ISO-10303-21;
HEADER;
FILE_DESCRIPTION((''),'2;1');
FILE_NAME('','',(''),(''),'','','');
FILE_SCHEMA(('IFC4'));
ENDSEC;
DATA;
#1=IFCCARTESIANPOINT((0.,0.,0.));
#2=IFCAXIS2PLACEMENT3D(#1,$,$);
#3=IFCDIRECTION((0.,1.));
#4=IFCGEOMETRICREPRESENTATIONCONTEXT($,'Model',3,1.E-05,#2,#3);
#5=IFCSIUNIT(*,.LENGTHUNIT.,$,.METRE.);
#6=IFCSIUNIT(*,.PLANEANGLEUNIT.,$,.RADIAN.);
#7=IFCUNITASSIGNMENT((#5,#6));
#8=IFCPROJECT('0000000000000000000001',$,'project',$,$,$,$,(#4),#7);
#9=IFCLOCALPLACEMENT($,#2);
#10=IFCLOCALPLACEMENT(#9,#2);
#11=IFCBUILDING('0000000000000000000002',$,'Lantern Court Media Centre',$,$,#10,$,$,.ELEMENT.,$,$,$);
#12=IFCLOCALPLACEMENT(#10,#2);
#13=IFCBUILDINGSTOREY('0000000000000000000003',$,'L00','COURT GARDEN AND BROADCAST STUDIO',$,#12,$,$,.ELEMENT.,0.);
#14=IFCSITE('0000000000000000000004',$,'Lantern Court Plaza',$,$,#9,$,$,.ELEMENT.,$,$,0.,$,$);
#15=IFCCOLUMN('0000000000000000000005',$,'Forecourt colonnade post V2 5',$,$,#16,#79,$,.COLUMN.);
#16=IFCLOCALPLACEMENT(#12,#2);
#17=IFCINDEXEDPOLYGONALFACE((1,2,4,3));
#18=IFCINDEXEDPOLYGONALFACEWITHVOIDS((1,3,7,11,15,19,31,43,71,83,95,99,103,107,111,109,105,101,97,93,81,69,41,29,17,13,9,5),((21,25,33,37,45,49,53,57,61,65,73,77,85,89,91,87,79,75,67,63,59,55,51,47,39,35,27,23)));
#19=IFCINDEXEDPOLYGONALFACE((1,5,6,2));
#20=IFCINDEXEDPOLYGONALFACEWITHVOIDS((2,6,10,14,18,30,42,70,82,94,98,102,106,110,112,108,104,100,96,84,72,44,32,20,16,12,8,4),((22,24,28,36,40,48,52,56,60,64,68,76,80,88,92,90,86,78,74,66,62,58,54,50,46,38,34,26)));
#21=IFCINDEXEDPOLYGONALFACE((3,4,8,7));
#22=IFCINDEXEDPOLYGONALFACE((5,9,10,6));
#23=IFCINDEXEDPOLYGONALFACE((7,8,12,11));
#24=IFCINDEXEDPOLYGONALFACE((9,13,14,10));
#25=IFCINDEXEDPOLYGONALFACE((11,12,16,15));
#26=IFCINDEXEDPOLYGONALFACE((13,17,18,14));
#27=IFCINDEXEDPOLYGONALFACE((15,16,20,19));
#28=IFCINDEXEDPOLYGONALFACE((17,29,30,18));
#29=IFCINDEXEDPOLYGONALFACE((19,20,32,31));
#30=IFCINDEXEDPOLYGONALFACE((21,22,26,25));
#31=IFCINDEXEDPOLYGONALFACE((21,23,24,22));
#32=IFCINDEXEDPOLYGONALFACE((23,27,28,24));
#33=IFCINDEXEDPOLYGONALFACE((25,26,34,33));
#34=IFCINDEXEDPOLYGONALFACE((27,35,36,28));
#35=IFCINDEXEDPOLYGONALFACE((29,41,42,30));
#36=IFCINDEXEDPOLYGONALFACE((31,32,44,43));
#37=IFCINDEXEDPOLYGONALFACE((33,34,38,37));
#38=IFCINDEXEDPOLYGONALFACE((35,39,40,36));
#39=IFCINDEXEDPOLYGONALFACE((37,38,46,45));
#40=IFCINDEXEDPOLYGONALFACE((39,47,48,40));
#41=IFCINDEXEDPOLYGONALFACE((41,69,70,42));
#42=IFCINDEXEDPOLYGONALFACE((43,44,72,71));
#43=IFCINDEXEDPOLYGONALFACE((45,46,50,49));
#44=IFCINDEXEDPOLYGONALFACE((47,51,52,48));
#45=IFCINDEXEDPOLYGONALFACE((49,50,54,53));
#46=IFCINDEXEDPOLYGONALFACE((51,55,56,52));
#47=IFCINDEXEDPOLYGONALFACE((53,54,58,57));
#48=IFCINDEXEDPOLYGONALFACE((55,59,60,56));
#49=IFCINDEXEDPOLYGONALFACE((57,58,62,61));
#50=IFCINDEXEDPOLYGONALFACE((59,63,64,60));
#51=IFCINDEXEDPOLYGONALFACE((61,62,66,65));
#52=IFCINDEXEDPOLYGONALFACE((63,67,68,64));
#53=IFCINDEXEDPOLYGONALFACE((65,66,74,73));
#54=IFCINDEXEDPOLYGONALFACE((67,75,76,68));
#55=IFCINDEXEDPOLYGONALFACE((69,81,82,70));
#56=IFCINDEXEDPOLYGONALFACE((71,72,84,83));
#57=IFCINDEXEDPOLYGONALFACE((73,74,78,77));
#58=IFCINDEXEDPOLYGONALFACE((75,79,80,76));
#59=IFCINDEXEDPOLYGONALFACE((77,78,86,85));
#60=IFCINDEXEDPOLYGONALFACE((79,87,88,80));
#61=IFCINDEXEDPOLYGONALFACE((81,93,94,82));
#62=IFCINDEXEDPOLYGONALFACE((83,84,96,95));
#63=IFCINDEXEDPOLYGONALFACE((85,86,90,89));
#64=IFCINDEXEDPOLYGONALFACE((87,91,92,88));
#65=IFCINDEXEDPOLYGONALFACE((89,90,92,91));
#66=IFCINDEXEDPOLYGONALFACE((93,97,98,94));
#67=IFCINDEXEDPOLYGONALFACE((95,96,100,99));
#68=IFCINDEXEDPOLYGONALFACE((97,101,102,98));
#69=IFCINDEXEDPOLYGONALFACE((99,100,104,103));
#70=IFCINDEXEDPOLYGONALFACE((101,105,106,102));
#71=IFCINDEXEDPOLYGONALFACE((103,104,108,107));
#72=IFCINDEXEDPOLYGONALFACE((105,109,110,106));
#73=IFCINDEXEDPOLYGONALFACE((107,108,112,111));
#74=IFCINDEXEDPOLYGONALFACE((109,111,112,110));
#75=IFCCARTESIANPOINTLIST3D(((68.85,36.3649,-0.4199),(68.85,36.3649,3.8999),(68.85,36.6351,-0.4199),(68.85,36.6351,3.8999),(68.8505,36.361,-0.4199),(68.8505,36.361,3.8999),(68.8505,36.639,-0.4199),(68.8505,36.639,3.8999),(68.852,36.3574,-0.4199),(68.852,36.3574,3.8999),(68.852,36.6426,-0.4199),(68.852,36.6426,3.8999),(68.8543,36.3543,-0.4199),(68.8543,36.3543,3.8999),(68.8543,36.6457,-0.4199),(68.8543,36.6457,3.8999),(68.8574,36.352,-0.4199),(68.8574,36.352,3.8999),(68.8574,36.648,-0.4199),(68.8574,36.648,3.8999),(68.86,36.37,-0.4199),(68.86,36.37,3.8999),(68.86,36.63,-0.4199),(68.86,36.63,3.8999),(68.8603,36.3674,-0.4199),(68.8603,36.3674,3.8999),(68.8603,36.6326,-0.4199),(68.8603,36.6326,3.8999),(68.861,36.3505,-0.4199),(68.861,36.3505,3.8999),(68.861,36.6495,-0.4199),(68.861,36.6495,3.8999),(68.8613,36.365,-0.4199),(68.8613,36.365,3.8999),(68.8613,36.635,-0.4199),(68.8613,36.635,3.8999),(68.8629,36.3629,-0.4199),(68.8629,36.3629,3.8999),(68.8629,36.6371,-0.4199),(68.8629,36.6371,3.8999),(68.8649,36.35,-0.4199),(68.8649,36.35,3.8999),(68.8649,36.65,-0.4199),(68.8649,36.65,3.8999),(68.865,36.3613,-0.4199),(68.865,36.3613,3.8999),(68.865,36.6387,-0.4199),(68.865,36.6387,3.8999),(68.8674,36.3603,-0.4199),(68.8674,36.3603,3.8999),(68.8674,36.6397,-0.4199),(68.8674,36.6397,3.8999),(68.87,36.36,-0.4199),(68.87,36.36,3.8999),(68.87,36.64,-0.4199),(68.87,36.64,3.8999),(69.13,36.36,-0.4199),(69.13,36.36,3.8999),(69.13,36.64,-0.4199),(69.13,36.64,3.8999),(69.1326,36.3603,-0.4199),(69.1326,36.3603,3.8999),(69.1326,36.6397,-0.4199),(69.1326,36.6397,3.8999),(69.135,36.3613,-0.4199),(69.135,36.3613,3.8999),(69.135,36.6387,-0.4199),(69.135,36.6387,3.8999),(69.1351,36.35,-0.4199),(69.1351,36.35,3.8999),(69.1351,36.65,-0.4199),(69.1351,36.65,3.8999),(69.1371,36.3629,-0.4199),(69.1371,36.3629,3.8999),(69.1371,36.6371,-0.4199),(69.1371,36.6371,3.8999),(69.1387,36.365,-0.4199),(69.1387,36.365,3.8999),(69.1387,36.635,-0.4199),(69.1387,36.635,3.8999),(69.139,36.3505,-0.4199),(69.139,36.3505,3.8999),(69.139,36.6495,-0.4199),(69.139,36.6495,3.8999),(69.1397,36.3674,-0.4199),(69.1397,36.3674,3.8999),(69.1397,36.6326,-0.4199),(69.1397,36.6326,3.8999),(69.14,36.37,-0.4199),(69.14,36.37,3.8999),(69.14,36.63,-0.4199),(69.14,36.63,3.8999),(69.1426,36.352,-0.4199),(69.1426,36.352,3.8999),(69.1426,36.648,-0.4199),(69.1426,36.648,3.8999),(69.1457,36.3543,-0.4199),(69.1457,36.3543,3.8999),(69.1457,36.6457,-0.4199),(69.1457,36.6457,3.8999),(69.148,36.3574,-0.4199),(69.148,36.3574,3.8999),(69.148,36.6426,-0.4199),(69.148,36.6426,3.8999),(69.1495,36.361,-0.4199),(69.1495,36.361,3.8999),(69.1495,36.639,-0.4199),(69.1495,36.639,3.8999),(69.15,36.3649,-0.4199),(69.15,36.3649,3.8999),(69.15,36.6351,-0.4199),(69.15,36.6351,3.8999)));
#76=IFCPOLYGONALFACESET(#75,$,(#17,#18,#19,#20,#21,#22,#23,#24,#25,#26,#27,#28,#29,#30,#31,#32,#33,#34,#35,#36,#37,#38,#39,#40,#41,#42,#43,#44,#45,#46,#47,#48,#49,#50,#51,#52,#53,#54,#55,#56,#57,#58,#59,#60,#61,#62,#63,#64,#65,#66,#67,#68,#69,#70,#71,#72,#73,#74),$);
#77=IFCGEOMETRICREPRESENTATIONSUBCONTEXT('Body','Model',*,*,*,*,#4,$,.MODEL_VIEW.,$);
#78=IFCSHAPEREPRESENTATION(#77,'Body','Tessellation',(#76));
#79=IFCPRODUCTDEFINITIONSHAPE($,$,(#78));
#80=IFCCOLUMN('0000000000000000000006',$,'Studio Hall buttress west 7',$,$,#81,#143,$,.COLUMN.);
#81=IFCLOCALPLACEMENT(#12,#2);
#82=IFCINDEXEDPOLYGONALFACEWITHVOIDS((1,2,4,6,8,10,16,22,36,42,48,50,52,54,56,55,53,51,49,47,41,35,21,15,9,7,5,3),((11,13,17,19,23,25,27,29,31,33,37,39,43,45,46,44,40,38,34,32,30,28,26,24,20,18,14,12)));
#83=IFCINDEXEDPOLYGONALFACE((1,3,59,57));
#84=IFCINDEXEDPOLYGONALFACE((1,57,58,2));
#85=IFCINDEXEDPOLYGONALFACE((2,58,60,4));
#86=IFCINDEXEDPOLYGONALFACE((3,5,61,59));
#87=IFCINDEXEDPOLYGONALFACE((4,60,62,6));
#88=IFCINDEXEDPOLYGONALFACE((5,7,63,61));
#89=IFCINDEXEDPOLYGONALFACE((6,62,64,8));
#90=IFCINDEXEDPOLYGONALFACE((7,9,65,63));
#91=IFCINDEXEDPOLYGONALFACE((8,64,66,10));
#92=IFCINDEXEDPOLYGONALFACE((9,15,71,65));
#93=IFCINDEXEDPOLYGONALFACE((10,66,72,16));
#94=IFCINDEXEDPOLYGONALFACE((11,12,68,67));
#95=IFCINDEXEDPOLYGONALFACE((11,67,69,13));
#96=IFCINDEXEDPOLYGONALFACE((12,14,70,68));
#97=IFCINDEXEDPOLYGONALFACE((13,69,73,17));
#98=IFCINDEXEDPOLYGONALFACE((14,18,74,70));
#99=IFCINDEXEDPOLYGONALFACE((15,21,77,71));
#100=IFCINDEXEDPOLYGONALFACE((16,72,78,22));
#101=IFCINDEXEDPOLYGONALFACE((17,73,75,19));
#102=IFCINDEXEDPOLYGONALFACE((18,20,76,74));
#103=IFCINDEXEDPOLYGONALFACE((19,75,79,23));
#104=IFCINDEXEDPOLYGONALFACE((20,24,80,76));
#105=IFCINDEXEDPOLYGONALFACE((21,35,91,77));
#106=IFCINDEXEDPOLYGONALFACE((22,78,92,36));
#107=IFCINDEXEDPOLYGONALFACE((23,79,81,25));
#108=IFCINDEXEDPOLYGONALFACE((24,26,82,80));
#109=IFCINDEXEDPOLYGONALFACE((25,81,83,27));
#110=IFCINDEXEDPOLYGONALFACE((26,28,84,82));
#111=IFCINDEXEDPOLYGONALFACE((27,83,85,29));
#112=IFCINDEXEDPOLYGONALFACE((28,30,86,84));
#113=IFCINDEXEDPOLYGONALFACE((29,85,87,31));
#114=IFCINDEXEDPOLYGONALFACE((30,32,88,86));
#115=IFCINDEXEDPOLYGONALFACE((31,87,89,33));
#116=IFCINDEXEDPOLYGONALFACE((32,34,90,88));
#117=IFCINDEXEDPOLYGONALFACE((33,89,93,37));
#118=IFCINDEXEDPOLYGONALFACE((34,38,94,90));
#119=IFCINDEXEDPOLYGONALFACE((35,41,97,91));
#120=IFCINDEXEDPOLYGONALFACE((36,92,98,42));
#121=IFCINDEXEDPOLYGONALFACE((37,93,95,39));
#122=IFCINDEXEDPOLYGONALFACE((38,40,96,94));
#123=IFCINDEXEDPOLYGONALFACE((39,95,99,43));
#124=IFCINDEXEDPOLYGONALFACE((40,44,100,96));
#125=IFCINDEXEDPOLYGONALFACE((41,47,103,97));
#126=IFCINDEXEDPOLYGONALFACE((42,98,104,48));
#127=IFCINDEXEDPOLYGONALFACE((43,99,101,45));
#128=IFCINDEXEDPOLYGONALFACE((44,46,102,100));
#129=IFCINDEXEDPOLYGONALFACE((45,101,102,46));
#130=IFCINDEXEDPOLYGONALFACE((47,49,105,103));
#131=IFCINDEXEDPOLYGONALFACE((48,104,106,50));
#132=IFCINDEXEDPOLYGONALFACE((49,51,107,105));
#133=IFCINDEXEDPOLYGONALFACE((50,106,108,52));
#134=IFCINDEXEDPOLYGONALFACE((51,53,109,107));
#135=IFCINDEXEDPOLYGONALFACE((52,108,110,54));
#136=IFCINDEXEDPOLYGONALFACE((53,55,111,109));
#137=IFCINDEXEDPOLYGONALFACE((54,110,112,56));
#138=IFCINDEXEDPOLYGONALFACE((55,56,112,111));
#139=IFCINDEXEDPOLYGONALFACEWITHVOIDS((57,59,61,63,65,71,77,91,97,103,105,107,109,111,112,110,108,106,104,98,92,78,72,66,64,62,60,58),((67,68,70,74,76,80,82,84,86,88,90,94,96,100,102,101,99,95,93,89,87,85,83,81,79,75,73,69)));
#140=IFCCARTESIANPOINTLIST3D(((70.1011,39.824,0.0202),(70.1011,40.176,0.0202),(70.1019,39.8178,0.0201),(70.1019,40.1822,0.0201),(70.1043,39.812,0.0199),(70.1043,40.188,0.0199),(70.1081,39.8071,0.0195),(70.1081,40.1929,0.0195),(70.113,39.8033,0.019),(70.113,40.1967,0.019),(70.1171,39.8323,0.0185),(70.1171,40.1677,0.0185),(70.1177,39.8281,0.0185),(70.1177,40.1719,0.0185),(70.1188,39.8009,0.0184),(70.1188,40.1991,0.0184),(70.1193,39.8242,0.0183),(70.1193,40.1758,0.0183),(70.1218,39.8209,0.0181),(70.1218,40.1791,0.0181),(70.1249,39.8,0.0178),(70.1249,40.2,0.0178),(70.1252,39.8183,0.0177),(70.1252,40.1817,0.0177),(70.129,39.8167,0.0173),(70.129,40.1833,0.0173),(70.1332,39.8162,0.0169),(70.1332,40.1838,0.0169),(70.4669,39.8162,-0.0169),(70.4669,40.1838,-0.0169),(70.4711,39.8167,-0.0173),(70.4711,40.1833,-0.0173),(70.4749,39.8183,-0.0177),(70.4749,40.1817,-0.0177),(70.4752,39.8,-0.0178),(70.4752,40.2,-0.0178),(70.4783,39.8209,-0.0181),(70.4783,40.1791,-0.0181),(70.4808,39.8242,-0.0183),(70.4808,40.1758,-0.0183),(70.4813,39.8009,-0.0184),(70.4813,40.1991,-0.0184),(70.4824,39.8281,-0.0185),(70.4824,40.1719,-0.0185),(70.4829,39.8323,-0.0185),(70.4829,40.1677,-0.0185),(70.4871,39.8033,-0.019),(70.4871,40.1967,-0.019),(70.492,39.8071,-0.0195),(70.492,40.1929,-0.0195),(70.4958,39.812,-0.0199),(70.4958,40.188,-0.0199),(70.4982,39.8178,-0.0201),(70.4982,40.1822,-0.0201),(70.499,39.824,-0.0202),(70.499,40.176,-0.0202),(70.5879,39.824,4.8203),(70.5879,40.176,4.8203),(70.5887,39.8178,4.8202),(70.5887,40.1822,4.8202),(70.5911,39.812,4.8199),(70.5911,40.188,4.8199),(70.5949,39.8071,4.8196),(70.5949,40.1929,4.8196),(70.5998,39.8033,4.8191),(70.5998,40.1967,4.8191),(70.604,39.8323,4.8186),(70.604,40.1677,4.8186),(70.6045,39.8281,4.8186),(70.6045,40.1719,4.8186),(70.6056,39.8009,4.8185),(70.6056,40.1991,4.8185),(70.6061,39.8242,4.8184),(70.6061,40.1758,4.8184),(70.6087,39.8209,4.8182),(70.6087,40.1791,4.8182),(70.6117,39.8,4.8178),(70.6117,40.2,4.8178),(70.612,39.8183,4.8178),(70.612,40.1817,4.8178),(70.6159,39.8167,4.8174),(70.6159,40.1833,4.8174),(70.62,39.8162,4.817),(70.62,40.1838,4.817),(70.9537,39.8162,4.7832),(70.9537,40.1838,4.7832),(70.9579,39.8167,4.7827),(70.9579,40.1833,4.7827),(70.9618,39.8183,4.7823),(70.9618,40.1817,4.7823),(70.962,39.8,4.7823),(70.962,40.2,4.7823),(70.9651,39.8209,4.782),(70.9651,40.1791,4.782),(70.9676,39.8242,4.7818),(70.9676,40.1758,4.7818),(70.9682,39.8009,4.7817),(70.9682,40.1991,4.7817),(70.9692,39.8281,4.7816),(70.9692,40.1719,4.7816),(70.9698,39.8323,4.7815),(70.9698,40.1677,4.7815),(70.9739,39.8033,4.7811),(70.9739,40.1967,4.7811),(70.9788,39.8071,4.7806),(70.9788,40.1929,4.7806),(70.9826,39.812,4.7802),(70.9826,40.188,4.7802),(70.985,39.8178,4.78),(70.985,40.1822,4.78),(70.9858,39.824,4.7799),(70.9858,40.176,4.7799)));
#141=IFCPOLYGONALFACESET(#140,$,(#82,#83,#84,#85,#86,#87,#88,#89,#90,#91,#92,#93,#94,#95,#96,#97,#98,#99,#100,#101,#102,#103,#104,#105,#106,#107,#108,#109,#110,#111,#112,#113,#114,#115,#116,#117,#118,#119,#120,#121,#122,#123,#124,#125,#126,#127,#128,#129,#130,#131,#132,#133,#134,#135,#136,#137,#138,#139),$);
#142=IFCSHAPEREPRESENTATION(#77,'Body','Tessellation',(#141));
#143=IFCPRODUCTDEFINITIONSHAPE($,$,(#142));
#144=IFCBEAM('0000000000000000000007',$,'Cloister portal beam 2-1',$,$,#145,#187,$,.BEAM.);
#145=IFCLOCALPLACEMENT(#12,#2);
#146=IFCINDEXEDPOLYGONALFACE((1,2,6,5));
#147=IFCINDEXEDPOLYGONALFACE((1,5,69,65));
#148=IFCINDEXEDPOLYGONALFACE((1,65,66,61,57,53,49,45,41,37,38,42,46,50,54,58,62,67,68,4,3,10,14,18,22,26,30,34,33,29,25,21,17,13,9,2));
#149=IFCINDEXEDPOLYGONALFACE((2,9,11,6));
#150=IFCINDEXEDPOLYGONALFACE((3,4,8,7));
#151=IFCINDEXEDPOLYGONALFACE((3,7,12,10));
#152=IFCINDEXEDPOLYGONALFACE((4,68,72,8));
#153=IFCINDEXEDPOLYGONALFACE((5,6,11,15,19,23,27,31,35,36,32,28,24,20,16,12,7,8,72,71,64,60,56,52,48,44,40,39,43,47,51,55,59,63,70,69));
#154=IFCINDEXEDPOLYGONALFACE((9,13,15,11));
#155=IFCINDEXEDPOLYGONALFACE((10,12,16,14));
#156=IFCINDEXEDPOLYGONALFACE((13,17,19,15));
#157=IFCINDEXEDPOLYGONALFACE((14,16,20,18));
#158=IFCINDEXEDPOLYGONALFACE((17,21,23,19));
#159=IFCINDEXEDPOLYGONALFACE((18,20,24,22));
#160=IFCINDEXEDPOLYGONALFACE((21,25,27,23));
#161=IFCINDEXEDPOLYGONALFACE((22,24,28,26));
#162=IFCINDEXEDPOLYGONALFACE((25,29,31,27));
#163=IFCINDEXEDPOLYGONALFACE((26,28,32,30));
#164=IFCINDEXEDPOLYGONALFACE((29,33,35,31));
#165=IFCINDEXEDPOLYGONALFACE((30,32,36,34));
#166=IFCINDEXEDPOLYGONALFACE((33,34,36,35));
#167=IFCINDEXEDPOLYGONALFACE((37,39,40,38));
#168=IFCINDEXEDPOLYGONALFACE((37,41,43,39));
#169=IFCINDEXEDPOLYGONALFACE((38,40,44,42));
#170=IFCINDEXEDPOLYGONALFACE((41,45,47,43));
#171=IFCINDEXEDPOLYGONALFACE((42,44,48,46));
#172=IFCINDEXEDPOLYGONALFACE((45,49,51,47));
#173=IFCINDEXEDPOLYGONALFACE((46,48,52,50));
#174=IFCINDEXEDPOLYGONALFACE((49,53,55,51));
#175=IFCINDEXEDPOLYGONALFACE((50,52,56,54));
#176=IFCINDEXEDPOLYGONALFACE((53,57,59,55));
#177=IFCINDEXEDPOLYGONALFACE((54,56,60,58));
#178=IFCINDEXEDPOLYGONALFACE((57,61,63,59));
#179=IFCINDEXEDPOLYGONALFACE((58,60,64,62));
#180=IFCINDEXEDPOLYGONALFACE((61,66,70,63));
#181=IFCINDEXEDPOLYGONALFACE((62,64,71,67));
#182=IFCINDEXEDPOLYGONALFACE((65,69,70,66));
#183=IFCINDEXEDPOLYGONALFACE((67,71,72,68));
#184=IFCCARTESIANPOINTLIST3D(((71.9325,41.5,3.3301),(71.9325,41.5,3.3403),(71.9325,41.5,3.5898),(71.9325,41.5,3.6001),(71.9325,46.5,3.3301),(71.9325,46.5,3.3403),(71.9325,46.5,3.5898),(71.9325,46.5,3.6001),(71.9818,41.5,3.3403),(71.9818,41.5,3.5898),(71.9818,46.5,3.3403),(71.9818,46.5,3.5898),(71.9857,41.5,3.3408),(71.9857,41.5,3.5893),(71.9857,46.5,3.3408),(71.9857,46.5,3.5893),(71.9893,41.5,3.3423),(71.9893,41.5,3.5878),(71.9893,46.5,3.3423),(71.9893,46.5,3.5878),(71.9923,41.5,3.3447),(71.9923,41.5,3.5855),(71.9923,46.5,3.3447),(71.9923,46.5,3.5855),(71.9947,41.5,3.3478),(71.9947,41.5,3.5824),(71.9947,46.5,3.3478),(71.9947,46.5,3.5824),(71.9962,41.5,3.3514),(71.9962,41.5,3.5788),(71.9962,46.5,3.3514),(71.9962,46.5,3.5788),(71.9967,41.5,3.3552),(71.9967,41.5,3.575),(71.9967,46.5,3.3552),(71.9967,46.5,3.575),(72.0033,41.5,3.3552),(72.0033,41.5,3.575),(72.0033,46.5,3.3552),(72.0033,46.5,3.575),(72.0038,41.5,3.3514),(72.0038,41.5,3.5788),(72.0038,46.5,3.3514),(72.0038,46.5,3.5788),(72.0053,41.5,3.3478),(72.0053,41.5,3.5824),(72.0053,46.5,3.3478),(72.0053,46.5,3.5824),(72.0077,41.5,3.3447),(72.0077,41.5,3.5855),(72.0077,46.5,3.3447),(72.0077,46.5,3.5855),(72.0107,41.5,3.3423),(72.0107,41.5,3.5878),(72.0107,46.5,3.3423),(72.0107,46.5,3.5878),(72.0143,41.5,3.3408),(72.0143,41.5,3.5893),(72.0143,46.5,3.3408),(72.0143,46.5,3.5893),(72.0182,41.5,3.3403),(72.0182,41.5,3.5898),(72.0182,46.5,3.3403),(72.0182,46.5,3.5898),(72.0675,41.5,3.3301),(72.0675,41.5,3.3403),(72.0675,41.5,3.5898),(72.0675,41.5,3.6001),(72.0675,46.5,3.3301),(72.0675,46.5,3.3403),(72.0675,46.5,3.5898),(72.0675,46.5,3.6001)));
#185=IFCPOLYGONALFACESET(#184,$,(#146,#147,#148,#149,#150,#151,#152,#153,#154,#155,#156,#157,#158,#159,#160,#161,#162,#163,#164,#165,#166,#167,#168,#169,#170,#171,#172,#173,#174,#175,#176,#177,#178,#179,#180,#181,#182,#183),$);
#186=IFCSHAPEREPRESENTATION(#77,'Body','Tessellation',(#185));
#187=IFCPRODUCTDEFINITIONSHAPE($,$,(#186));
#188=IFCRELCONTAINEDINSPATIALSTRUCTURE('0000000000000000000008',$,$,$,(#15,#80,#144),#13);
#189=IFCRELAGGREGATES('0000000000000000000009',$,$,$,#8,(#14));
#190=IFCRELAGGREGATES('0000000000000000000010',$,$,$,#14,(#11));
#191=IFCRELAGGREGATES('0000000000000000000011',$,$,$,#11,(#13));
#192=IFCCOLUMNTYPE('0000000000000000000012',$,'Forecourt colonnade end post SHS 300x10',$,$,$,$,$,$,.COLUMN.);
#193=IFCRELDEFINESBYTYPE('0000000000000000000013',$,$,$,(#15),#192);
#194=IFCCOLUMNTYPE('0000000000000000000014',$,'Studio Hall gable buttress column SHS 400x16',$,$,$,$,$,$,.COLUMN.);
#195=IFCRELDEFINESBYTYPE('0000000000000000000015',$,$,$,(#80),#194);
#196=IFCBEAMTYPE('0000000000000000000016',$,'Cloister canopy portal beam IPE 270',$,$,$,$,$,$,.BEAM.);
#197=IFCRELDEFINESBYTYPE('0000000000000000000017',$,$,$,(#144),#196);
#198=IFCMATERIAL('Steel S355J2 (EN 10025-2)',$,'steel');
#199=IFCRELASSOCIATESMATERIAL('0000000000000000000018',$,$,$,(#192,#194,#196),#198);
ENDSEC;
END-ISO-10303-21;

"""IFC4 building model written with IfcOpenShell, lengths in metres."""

from ifc_helpers import new_model, si_unit, direction, frame, origin, origin_2d, place, context, subcontext, project, spatial, hollow_rectangle, i_section, extrude, material, material_profile, profile_set, type_object, element, save


model = new_model("IFC4")

# Units and contexts
model_context = context("Model", 3, precision=1e-05, world=origin(), true_north=direction((0.0, 1.0)))
body_context = subcontext(model_context, "Body", "Model", "MODEL_VIEW")
ifc_project = project(units=[si_unit("LENGTHUNIT", "METRE"), si_unit("PLANEANGLEUNIT", "RADIAN")], contexts=[model_context])

# Site, building, storey
site_placement = place(None, origin())
site = spatial("IfcSite", under=ifc_project, at=site_placement, Name="Lantern Court Plaza", CompositionType="ELEMENT", RefElevation=0.0)
building_placement = place(site_placement, origin())
building = spatial("IfcBuilding", under=site, at=building_placement, Name="Lantern Court Media Centre", CompositionType="ELEMENT")
storey_placement = place(building_placement, origin())
storey = spatial("IfcBuildingStorey", under=building, at=storey_placement, Name="L00", Description="COURT GARDEN AND BROADCAST STUDIO", CompositionType="ELEMENT", Elevation=0.0)

# Columns
ifc_material_1 = material(Name="Steel S355J2 (EN 10025-2)", Category="steel")
ifc_material_profile_1 = material_profile(ifc_material_1, hollow_rectangle(XDim=0.3, YDim=0.3, WallThickness=0.01, InnerFilletRadius=0.01, OuterFilletRadius=0.0149, at=origin_2d()), Name="Forecourt colonnade end post SHS 300x10")
ifc_profile_set_1 = profile_set([ifc_material_profile_1], Name="Steel S355J2 (EN 10025-2)")
column_type_1 = type_object("IfcColumnType", Name="Forecourt colonnade end post SHS 300x10", PredefinedType="COLUMN", material=ifc_profile_set_1)
column_1_placement = place(storey_placement, frame((69.0, 36.5, -0.4199), z_axis=(0.0, 0.0, 1.0), x_axis=(1.0, 0.0, 0.0)))
element("IfcColumn", 1, at=column_1_placement, inside=storey, type_object=column_type_1, Name="Forecourt colonnade post V2 5", PredefinedType="COLUMN", context=body_context, shape_type="SweptSolid", body=[
    extrude(hollow_rectangle(XDim=0.3, YDim=0.3, WallThickness=0.01, InnerFilletRadius=0.01, OuterFilletRadius=0.0149, at=origin_2d()), origin(), (0.0, 0.0, 1.0), 4.3198),
])
ifc_material_profile_2 = material_profile(ifc_material_1, hollow_rectangle(XDim=0.3999, YDim=0.3999, WallThickness=0.0161, InnerFilletRadius=0.0161, OuterFilletRadius=0.0239, at=origin_2d()), Name="Studio Hall gable buttress column SHS 400x16")
ifc_profile_set_2 = profile_set([ifc_material_profile_2], Name="Steel S355J2 (EN 10025-2)")
column_type_2 = type_object("IfcColumnType", Name="Studio Hall gable buttress column SHS 400x16", PredefinedType="COLUMN", material=ifc_profile_set_2)
column_2_placement = place(storey_placement, frame((70.3, 40.0, 0.0), z_axis=(0.100901, 0.0, 0.994896), x_axis=(0.0, 1.0, 0.0)))
element("IfcColumn", 2, at=column_2_placement, inside=storey, type_object=column_type_2, Name="Studio Hall buttress west 7", PredefinedType="COLUMN", context=body_context, shape_type="SweptSolid", body=[
    extrude(hollow_rectangle(XDim=0.3999, YDim=0.3999, WallThickness=0.0161, InnerFilletRadius=0.0161, OuterFilletRadius=0.0239, at=origin_2d()), origin(), (0.0, 0.0, 1.0), 4.8247),
])

# Beam
ifc_material_profile_3 = material_profile(ifc_material_1, i_section(OverallWidth=0.135, OverallDepth=0.27, WebThickness=0.0066, FlangeThickness=0.0103, FilletRadius=0.0149, at=origin_2d()), Name="IPE 270")
ifc_profile_set_3 = profile_set([ifc_material_profile_3], Name="Steel S355J2 (EN 10025-2)")
beam_type_1 = type_object("IfcBeamType", Name="Cloister canopy portal beam IPE 270", PredefinedType="BEAM", material=ifc_profile_set_3)
beam_1_placement = place(storey_placement, frame((72.0, 41.5, 3.4651), z_axis=(0.0, 1.0, 0.0), x_axis=(-1.0, 0.0, 0.0)))
element("IfcBeam", 3, at=beam_1_placement, inside=storey, type_object=beam_type_1, Name="Cloister portal beam 2-1", PredefinedType="BEAM", context=body_context, shape_type="SweptSolid", body=[
    extrude(i_section(OverallWidth=0.135, OverallDepth=0.27, WebThickness=0.0066, FlangeThickness=0.0103, FilletRadius=0.0149, at=origin_2d()), origin(), (0.0, 0.0, 1.0), 5.0),
])

save(model, "model.ifc")
